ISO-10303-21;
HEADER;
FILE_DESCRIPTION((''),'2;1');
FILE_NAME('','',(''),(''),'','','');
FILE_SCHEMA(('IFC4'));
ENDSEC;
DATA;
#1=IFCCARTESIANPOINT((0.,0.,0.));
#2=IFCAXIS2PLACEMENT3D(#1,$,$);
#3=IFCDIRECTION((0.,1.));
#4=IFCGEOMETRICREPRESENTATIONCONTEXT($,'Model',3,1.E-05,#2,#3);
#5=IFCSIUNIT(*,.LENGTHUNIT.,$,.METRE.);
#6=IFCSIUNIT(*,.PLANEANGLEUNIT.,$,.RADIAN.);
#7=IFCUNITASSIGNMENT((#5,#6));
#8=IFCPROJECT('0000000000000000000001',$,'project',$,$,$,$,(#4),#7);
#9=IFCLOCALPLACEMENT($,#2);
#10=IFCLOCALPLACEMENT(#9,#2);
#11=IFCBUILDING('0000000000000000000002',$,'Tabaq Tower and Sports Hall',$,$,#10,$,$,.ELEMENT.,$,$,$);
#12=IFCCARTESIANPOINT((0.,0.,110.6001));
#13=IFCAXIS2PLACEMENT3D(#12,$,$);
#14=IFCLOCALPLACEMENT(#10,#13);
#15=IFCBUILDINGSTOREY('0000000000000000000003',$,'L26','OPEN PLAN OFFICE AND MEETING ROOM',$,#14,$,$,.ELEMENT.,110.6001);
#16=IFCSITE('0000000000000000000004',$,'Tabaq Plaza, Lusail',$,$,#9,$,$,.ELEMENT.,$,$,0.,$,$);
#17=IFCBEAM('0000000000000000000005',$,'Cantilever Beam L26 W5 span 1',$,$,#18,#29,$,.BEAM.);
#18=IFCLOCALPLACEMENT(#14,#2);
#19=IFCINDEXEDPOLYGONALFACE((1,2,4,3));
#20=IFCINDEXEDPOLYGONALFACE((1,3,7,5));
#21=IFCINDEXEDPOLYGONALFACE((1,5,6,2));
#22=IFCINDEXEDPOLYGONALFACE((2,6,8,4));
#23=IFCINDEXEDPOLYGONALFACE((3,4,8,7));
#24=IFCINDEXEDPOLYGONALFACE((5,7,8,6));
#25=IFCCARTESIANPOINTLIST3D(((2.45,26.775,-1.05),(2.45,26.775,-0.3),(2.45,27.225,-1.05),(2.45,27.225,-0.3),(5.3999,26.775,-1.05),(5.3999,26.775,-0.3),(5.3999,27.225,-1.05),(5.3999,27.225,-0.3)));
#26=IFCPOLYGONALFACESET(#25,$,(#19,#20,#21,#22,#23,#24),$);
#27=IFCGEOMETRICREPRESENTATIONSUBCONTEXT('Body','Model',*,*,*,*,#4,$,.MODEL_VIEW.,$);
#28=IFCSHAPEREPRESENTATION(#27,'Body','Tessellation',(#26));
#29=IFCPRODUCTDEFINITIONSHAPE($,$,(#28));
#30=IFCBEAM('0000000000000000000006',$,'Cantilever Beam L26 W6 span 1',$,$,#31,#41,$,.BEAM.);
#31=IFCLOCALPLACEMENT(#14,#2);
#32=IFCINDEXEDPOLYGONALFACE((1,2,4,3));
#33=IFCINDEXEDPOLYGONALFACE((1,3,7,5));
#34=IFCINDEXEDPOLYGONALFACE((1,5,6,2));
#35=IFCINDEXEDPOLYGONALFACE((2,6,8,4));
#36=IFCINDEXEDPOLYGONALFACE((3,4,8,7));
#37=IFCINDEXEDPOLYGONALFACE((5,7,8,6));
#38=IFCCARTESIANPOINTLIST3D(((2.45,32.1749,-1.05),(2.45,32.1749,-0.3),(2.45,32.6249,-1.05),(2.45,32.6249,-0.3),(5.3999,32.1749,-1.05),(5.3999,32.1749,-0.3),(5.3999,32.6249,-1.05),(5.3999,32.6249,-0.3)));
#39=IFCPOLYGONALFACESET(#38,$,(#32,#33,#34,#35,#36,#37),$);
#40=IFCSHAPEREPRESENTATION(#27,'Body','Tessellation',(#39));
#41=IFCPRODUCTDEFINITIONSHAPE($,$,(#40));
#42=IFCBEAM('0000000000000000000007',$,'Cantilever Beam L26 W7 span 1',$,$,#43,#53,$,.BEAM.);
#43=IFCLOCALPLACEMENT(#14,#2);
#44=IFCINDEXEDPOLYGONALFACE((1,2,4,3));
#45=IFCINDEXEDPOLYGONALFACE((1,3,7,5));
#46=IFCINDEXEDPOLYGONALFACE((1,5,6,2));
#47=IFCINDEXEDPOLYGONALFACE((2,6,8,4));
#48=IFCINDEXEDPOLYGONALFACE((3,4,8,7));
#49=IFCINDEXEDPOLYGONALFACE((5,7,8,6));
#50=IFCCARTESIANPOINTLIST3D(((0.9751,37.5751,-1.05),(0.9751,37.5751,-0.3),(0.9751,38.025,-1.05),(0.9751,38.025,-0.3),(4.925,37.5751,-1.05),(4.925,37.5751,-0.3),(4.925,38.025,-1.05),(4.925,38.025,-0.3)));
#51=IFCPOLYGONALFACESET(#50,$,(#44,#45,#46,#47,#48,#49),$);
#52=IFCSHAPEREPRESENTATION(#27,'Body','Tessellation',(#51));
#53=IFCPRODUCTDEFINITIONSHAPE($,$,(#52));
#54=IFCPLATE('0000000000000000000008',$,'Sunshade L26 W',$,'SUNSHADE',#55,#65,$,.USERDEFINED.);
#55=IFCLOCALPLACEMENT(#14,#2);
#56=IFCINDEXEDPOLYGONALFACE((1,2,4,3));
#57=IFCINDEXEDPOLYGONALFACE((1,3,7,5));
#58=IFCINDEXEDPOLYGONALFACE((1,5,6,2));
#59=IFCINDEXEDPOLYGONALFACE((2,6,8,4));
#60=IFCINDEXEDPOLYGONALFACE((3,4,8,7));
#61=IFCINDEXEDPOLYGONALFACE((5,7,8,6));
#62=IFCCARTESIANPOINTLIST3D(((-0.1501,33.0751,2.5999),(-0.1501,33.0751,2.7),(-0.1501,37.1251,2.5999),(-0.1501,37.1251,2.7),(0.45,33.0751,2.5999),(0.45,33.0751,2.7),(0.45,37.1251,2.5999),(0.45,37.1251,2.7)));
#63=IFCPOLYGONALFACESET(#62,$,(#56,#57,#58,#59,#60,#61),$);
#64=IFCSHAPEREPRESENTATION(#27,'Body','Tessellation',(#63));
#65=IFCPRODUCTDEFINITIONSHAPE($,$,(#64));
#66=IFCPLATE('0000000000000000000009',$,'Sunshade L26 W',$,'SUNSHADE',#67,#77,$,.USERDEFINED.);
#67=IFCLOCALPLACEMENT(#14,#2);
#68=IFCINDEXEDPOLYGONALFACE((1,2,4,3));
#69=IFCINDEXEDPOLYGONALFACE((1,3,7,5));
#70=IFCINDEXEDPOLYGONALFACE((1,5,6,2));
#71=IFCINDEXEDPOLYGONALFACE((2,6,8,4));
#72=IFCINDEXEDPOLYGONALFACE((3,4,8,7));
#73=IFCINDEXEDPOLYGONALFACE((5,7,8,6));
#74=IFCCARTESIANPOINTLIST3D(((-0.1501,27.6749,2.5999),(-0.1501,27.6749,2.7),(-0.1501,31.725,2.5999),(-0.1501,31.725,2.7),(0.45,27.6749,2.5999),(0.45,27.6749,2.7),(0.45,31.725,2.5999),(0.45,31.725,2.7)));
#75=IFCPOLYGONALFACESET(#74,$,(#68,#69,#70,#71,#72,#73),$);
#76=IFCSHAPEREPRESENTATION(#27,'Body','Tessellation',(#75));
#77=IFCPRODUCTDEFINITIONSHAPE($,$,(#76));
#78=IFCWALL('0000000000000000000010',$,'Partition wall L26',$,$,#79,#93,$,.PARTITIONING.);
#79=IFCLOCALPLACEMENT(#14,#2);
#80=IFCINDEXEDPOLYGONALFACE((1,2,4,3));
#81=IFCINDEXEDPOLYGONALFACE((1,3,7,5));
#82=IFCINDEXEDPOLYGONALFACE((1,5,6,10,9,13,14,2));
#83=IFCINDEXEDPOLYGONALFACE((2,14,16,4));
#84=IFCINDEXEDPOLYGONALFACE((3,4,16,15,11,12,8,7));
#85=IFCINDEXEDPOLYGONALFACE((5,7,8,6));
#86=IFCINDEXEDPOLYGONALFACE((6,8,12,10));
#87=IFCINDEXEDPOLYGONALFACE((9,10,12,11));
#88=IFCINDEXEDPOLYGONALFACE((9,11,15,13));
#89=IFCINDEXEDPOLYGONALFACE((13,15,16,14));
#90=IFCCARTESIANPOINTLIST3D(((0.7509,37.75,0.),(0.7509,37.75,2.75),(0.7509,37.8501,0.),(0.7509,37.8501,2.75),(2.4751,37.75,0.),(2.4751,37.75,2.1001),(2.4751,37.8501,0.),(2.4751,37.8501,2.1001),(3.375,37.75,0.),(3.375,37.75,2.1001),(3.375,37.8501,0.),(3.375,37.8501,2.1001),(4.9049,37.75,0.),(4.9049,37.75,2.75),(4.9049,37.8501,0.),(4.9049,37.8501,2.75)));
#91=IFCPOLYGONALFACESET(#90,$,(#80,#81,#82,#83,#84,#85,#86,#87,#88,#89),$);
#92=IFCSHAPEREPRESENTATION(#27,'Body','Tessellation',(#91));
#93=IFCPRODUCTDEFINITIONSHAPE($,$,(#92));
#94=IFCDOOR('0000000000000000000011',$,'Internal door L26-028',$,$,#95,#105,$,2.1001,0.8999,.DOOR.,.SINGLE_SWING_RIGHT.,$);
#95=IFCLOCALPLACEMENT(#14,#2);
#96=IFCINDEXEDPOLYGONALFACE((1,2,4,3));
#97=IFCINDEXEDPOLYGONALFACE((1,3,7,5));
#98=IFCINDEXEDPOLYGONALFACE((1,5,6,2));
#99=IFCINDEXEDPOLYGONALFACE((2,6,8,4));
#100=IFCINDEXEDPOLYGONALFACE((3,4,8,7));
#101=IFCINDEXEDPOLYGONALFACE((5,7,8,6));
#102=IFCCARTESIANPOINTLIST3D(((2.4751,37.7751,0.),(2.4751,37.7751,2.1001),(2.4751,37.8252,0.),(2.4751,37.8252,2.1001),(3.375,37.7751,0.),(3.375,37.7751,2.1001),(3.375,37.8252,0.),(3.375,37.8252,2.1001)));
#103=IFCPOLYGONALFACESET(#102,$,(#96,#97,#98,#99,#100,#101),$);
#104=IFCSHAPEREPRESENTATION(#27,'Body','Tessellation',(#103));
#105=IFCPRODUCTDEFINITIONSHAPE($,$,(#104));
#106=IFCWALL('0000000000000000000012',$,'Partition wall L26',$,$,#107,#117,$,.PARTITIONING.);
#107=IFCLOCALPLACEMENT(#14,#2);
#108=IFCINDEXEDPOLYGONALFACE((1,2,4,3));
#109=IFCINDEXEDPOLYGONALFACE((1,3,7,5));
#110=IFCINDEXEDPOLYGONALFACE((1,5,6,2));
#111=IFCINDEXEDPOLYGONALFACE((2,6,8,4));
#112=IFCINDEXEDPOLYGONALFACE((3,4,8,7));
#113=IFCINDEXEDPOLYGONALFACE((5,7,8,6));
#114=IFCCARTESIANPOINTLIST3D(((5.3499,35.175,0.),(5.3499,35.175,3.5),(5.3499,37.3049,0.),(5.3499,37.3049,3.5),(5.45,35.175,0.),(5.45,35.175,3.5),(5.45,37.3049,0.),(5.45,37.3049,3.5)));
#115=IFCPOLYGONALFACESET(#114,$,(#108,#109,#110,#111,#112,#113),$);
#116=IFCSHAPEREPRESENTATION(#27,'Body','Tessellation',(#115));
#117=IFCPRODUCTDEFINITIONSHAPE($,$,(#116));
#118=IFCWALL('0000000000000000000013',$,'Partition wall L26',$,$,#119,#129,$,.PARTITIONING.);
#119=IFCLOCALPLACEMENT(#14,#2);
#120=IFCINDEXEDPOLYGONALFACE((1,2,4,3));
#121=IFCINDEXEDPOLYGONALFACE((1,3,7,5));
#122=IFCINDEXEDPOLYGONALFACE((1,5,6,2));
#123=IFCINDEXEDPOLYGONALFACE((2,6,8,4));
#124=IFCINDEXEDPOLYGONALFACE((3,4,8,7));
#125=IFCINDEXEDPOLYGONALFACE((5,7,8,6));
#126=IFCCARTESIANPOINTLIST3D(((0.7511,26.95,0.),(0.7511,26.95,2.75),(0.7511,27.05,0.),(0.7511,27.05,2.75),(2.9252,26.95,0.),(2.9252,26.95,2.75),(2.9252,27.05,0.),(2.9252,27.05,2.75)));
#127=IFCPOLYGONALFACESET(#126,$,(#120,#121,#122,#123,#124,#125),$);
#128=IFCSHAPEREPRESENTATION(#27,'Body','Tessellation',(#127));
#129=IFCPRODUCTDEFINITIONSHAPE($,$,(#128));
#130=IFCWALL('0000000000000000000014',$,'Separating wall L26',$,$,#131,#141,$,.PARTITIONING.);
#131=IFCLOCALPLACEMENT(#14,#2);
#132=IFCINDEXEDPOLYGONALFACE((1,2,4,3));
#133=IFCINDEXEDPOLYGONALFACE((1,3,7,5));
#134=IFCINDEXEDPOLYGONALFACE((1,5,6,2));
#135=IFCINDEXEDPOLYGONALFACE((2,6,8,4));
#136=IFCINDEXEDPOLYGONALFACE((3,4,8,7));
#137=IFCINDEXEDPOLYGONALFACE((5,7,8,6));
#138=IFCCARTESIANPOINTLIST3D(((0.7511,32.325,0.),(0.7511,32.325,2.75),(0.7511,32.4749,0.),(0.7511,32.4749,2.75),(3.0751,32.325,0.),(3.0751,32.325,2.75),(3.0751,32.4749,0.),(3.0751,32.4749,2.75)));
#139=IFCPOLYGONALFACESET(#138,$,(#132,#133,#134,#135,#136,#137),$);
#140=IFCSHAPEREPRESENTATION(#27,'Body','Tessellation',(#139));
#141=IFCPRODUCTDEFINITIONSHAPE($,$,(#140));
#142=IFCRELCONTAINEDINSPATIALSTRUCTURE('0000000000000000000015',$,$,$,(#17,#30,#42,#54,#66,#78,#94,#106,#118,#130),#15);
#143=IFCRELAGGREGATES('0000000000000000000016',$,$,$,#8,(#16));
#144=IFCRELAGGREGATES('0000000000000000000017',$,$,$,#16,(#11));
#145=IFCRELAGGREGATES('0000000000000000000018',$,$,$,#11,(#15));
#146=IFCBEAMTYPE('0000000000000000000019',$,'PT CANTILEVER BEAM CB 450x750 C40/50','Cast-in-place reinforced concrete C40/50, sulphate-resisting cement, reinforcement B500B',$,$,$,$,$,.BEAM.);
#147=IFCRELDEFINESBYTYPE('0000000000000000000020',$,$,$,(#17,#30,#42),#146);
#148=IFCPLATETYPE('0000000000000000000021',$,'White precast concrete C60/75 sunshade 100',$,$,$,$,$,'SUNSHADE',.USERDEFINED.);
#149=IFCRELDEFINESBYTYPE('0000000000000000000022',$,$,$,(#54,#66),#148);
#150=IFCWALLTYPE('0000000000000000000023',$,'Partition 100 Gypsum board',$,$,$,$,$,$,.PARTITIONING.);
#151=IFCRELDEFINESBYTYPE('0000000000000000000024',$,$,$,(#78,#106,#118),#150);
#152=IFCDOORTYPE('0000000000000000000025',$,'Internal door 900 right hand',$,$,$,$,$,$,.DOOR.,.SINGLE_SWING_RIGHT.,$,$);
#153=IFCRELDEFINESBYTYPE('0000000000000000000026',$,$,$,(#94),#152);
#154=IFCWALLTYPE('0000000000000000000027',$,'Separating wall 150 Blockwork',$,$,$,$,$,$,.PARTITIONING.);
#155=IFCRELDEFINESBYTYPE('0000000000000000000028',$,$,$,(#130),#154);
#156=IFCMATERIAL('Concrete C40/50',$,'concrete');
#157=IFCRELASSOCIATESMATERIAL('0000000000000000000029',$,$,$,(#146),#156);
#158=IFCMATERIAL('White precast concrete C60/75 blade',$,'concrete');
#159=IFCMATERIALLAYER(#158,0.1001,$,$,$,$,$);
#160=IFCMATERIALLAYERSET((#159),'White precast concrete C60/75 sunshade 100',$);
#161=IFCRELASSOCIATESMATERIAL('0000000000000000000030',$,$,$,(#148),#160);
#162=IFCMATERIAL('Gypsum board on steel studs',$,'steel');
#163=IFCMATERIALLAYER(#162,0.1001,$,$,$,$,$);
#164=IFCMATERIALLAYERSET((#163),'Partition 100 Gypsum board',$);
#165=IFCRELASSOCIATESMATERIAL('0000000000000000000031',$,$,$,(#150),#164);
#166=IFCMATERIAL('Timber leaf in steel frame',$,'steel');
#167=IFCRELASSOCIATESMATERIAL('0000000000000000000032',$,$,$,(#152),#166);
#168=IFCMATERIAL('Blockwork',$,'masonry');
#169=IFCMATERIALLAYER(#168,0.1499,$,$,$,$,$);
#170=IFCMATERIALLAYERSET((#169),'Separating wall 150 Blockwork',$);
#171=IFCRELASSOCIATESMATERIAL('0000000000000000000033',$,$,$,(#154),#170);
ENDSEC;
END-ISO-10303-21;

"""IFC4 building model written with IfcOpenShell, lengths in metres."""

from ifc_helpers import new_model, si_unit, direction, frame, frame_2d, origin, origin_2d, place, context, subcontext, project, spatial, rectangle, extrude, material, layer, layer_set, material_profile, profile_set, type_object, element, fill, save


model = new_model("IFC4")

# Units and contexts
model_context = context("Model", 3, precision=1e-05, world=origin(), true_north=direction((0.0, 1.0)))
body_context = subcontext(model_context, "Body", "Model", "MODEL_VIEW")
ifc_project = project(units=[si_unit("LENGTHUNIT", "METRE"), si_unit("PLANEANGLEUNIT", "RADIAN")], contexts=[model_context])

# Site, building, storey
site_placement = place(None, origin())
site = spatial("IfcSite", under=ifc_project, at=site_placement, Name="Tabaq Plaza, Lusail", CompositionType="ELEMENT", RefElevation=0.0)
building_placement = place(site_placement, origin())
building = spatial("IfcBuilding", under=site, at=building_placement, Name="Tabaq Tower and Sports Hall", CompositionType="ELEMENT")
storey_placement = place(building_placement, frame((0.0, 0.0, 110.6001)))
storey = spatial("IfcBuildingStorey", under=building, at=storey_placement, Name="L26", Description="OPEN PLAN OFFICE AND MEETING ROOM", CompositionType="ELEMENT", Elevation=110.6001)

# Beams
ifc_material_1 = material(Name="Concrete C40/50", Category="concrete")
ifc_material_profile = material_profile(ifc_material_1, rectangle(XDim=0.45, YDim=0.75, at=origin_2d()), Name="CB 450x750")
ifc_profile_set = profile_set([ifc_material_profile], Name="Concrete C40/50")
beam_type = type_object("IfcBeamType", Name="PT CANTILEVER BEAM CB 450x750 C40/50", Description="Cast-in-place reinforced concrete C40/50, sulphate-resisting cement, reinforcement B500B", PredefinedType="BEAM", material=ifc_profile_set)
for number, where, z_axis, x_axis, name in (
    (1, (2.45, 27.0, -0.675), (1.0, 0.0, 0.0), (0.0, 1.0, 0.0), "Cantilever Beam L26 W5 span 1"),
    (2, (2.45, 32.3999, -0.675), (1.0, 0.0, 0.0), (0.0, 1.0, 0.0), "Cantilever Beam L26 W6 span 1"),
):
    element("IfcBeam", number, at=place(storey_placement, frame(where, z_axis=z_axis, x_axis=x_axis)), inside=storey, type_object=beam_type, Name=name, PredefinedType="BEAM", context=body_context, shape_type="SweptSolid", body=[
        extrude(rectangle(XDim=0.45, YDim=0.75, at=origin_2d()), origin(), (0.0, 0.0, 1.0), 2.95),
    ])
beam_placement = place(storey_placement, frame((0.9751, 37.8, -0.675), z_axis=(1.0, 0.0, 0.0), x_axis=(0.0, 1.0, 0.0)))
element("IfcBeam", 3, at=beam_placement, inside=storey, type_object=beam_type, Name="Cantilever Beam L26 W7 span 1", PredefinedType="BEAM", context=body_context, shape_type="SweptSolid", body=[
    extrude(rectangle(XDim=0.45, YDim=0.75, at=origin_2d()), origin(), (0.0, 0.0, 1.0), 3.95),
])

# Plates
ifc_material_2 = material(Name="White precast concrete C60/75 blade", Category="concrete")
ifc_layer_1 = layer(ifc_material_2, 0.1001)
ifc_layer_set_1 = layer_set([ifc_layer_1], Name="White precast concrete C60/75 sunshade 100")
plate_type = type_object("IfcPlateType", Name="White precast concrete C60/75 sunshade 100", ElementType="SUNSHADE", PredefinedType="USERDEFINED", material=ifc_layer_set_1)
for number, where, z_axis, x_axis, name in (
    (4, (0.1499, 35.1001, 2.5999), (0.0, 0.0, 1.0), (0.0, -1.0, 0.0), "Sunshade L26 W"),
    (5, (0.1499, 29.7, 2.5999), (0.0, 0.0, 1.0), (0.0, -1.0, 0.0), "Sunshade L26 W"),
):
    element("IfcPlate", number, at=place(storey_placement, frame(where, z_axis=z_axis, x_axis=x_axis)), inside=storey, type_object=plate_type, Name=name, ObjectType="SUNSHADE", PredefinedType="USERDEFINED", context=body_context, shape_type="SweptSolid", body=[
        extrude(rectangle(XDim=4.05, YDim=0.6001, at=origin_2d()), origin(), (0.0, 0.0, 1.0), 0.1001),
    ])

# Wall, opening, door
ifc_material_3 = material(Name="Gypsum board on steel studs", Category="steel")
ifc_layer_2 = layer(ifc_material_3, 0.1001)
ifc_layer_set_2 = layer_set([ifc_layer_2], Name="Partition 100 Gypsum board")
wall_type_1 = type_object("IfcWallType", Name="Partition 100 Gypsum board", PredefinedType="PARTITIONING", material=ifc_layer_set_2)
wall_1_placement = place(storey_placement, frame((4.905, 37.8, 0.0), z_axis=(0.0, 0.0, 1.0), x_axis=(-1.0, 0.0, 0.0)))
wall_1 = element("IfcWall", 6, at=wall_1_placement, inside=storey, type_object=wall_type_1, Name="Partition wall L26", PredefinedType="PARTITIONING", context=body_context, shape_type="SweptSolid", body=[
    extrude(rectangle(XDim=4.1541, YDim=0.1001, at=frame_2d((2.0771, 0.0))), origin(), (0.0, 0.0, 1.0), 2.75),
])
opening_1_placement = place(wall_1_placement, frame((1.53, 0.0, 0.0)))
opening_1 = element("IfcOpeningElement", 7, at=opening_1_placement, cuts=wall_1, PredefinedType="OPENING", context=body_context, shape_type="SweptSolid", body=[
    extrude(rectangle(XDim=0.8999, YDim=2.1001, at=frame_2d((0.45, 1.05))), frame((0.0, 0.05, 0.0), z_axis=(0.0, -1.0, 0.0), x_axis=(1.0, 0.0, 0.0)), (0.0, 0.0, 1.0), 0.1001),
])
ifc_material_4 = material(Name="Timber leaf in steel frame", Category="steel")
door_type = type_object("IfcDoorType", Name="Internal door 900 right hand", OperationType="SINGLE_SWING_RIGHT", PredefinedType="DOOR", material=ifc_material_4)
door_1_placement = place(opening_1_placement, origin())
door_1 = element("IfcDoor", 8, at=door_1_placement, inside=storey, type_object=door_type, Name="Internal door L26-028", OperationType="SINGLE_SWING_RIGHT", OverallHeight=2.1001, OverallWidth=0.8999, PredefinedType="DOOR", context=body_context, shape_type="SweptSolid", body=[
    extrude(rectangle(XDim=0.8999, YDim=2.1001, at=frame_2d((0.45, 1.05))), frame((0.0, 0.0249, 0.0), z_axis=(0.0, -1.0, 0.0), x_axis=(1.0, 0.0, 0.0)), (0.0, 0.0, 1.0), 0.05),
])
fill(opening_1, door_1)

# Walls
wall_2_placement = place(storey_placement, frame((5.3999, 35.175, 0.0), z_axis=(0.0, 0.0, 1.0), x_axis=(0.0, 1.0, 0.0)))
element("IfcWall", 9, at=wall_2_placement, inside=storey, type_object=wall_type_1, Name="Partition wall L26", PredefinedType="PARTITIONING", context=body_context, shape_type="SweptSolid", body=[
    extrude(rectangle(XDim=2.1299, YDim=0.1001, at=frame_2d((1.0649, 0.0))), origin(), (0.0, 0.0, 1.0), 3.5),
])
wall_3_placement = place(storey_placement, frame((2.925, 27.0, 0.0), z_axis=(0.0, 0.0, 1.0), x_axis=(-1.0, 0.0, 0.0)))
element("IfcWall", 10, at=wall_3_placement, inside=storey, type_object=wall_type_1, Name="Partition wall L26", PredefinedType="PARTITIONING", context=body_context, shape_type="SweptSolid", body=[
    extrude(rectangle(XDim=2.1741, YDim=0.1001, at=frame_2d((1.0869, 0.0))), origin(), (0.0, 0.0, 1.0), 2.75),
])
ifc_material_5 = material(Name="Blockwork", Category="masonry")
ifc_layer_3 = layer(ifc_material_5, 0.1499)
ifc_layer_set_3 = layer_set([ifc_layer_3], Name="Separating wall 150 Blockwork")
wall_type_2 = type_object("IfcWallType", Name="Separating wall 150 Blockwork", PredefinedType="PARTITIONING", material=ifc_layer_set_3)
wall_4_placement = place(storey_placement, frame((0.751, 32.3999, 0.0), z_axis=(0.0, 0.0, 1.0), x_axis=(1.0, 0.0, 0.0)))
element("IfcWall", 11, at=wall_4_placement, inside=storey, type_object=wall_type_2, Name="Separating wall L26", PredefinedType="PARTITIONING", context=body_context, shape_type="SweptSolid", body=[
    extrude(rectangle(XDim=2.324, YDim=0.1499, at=frame_2d((1.1621, 0.0))), origin(), (0.0, 0.0, 1.0), 2.75),
])

save(model, "model.ifc")
